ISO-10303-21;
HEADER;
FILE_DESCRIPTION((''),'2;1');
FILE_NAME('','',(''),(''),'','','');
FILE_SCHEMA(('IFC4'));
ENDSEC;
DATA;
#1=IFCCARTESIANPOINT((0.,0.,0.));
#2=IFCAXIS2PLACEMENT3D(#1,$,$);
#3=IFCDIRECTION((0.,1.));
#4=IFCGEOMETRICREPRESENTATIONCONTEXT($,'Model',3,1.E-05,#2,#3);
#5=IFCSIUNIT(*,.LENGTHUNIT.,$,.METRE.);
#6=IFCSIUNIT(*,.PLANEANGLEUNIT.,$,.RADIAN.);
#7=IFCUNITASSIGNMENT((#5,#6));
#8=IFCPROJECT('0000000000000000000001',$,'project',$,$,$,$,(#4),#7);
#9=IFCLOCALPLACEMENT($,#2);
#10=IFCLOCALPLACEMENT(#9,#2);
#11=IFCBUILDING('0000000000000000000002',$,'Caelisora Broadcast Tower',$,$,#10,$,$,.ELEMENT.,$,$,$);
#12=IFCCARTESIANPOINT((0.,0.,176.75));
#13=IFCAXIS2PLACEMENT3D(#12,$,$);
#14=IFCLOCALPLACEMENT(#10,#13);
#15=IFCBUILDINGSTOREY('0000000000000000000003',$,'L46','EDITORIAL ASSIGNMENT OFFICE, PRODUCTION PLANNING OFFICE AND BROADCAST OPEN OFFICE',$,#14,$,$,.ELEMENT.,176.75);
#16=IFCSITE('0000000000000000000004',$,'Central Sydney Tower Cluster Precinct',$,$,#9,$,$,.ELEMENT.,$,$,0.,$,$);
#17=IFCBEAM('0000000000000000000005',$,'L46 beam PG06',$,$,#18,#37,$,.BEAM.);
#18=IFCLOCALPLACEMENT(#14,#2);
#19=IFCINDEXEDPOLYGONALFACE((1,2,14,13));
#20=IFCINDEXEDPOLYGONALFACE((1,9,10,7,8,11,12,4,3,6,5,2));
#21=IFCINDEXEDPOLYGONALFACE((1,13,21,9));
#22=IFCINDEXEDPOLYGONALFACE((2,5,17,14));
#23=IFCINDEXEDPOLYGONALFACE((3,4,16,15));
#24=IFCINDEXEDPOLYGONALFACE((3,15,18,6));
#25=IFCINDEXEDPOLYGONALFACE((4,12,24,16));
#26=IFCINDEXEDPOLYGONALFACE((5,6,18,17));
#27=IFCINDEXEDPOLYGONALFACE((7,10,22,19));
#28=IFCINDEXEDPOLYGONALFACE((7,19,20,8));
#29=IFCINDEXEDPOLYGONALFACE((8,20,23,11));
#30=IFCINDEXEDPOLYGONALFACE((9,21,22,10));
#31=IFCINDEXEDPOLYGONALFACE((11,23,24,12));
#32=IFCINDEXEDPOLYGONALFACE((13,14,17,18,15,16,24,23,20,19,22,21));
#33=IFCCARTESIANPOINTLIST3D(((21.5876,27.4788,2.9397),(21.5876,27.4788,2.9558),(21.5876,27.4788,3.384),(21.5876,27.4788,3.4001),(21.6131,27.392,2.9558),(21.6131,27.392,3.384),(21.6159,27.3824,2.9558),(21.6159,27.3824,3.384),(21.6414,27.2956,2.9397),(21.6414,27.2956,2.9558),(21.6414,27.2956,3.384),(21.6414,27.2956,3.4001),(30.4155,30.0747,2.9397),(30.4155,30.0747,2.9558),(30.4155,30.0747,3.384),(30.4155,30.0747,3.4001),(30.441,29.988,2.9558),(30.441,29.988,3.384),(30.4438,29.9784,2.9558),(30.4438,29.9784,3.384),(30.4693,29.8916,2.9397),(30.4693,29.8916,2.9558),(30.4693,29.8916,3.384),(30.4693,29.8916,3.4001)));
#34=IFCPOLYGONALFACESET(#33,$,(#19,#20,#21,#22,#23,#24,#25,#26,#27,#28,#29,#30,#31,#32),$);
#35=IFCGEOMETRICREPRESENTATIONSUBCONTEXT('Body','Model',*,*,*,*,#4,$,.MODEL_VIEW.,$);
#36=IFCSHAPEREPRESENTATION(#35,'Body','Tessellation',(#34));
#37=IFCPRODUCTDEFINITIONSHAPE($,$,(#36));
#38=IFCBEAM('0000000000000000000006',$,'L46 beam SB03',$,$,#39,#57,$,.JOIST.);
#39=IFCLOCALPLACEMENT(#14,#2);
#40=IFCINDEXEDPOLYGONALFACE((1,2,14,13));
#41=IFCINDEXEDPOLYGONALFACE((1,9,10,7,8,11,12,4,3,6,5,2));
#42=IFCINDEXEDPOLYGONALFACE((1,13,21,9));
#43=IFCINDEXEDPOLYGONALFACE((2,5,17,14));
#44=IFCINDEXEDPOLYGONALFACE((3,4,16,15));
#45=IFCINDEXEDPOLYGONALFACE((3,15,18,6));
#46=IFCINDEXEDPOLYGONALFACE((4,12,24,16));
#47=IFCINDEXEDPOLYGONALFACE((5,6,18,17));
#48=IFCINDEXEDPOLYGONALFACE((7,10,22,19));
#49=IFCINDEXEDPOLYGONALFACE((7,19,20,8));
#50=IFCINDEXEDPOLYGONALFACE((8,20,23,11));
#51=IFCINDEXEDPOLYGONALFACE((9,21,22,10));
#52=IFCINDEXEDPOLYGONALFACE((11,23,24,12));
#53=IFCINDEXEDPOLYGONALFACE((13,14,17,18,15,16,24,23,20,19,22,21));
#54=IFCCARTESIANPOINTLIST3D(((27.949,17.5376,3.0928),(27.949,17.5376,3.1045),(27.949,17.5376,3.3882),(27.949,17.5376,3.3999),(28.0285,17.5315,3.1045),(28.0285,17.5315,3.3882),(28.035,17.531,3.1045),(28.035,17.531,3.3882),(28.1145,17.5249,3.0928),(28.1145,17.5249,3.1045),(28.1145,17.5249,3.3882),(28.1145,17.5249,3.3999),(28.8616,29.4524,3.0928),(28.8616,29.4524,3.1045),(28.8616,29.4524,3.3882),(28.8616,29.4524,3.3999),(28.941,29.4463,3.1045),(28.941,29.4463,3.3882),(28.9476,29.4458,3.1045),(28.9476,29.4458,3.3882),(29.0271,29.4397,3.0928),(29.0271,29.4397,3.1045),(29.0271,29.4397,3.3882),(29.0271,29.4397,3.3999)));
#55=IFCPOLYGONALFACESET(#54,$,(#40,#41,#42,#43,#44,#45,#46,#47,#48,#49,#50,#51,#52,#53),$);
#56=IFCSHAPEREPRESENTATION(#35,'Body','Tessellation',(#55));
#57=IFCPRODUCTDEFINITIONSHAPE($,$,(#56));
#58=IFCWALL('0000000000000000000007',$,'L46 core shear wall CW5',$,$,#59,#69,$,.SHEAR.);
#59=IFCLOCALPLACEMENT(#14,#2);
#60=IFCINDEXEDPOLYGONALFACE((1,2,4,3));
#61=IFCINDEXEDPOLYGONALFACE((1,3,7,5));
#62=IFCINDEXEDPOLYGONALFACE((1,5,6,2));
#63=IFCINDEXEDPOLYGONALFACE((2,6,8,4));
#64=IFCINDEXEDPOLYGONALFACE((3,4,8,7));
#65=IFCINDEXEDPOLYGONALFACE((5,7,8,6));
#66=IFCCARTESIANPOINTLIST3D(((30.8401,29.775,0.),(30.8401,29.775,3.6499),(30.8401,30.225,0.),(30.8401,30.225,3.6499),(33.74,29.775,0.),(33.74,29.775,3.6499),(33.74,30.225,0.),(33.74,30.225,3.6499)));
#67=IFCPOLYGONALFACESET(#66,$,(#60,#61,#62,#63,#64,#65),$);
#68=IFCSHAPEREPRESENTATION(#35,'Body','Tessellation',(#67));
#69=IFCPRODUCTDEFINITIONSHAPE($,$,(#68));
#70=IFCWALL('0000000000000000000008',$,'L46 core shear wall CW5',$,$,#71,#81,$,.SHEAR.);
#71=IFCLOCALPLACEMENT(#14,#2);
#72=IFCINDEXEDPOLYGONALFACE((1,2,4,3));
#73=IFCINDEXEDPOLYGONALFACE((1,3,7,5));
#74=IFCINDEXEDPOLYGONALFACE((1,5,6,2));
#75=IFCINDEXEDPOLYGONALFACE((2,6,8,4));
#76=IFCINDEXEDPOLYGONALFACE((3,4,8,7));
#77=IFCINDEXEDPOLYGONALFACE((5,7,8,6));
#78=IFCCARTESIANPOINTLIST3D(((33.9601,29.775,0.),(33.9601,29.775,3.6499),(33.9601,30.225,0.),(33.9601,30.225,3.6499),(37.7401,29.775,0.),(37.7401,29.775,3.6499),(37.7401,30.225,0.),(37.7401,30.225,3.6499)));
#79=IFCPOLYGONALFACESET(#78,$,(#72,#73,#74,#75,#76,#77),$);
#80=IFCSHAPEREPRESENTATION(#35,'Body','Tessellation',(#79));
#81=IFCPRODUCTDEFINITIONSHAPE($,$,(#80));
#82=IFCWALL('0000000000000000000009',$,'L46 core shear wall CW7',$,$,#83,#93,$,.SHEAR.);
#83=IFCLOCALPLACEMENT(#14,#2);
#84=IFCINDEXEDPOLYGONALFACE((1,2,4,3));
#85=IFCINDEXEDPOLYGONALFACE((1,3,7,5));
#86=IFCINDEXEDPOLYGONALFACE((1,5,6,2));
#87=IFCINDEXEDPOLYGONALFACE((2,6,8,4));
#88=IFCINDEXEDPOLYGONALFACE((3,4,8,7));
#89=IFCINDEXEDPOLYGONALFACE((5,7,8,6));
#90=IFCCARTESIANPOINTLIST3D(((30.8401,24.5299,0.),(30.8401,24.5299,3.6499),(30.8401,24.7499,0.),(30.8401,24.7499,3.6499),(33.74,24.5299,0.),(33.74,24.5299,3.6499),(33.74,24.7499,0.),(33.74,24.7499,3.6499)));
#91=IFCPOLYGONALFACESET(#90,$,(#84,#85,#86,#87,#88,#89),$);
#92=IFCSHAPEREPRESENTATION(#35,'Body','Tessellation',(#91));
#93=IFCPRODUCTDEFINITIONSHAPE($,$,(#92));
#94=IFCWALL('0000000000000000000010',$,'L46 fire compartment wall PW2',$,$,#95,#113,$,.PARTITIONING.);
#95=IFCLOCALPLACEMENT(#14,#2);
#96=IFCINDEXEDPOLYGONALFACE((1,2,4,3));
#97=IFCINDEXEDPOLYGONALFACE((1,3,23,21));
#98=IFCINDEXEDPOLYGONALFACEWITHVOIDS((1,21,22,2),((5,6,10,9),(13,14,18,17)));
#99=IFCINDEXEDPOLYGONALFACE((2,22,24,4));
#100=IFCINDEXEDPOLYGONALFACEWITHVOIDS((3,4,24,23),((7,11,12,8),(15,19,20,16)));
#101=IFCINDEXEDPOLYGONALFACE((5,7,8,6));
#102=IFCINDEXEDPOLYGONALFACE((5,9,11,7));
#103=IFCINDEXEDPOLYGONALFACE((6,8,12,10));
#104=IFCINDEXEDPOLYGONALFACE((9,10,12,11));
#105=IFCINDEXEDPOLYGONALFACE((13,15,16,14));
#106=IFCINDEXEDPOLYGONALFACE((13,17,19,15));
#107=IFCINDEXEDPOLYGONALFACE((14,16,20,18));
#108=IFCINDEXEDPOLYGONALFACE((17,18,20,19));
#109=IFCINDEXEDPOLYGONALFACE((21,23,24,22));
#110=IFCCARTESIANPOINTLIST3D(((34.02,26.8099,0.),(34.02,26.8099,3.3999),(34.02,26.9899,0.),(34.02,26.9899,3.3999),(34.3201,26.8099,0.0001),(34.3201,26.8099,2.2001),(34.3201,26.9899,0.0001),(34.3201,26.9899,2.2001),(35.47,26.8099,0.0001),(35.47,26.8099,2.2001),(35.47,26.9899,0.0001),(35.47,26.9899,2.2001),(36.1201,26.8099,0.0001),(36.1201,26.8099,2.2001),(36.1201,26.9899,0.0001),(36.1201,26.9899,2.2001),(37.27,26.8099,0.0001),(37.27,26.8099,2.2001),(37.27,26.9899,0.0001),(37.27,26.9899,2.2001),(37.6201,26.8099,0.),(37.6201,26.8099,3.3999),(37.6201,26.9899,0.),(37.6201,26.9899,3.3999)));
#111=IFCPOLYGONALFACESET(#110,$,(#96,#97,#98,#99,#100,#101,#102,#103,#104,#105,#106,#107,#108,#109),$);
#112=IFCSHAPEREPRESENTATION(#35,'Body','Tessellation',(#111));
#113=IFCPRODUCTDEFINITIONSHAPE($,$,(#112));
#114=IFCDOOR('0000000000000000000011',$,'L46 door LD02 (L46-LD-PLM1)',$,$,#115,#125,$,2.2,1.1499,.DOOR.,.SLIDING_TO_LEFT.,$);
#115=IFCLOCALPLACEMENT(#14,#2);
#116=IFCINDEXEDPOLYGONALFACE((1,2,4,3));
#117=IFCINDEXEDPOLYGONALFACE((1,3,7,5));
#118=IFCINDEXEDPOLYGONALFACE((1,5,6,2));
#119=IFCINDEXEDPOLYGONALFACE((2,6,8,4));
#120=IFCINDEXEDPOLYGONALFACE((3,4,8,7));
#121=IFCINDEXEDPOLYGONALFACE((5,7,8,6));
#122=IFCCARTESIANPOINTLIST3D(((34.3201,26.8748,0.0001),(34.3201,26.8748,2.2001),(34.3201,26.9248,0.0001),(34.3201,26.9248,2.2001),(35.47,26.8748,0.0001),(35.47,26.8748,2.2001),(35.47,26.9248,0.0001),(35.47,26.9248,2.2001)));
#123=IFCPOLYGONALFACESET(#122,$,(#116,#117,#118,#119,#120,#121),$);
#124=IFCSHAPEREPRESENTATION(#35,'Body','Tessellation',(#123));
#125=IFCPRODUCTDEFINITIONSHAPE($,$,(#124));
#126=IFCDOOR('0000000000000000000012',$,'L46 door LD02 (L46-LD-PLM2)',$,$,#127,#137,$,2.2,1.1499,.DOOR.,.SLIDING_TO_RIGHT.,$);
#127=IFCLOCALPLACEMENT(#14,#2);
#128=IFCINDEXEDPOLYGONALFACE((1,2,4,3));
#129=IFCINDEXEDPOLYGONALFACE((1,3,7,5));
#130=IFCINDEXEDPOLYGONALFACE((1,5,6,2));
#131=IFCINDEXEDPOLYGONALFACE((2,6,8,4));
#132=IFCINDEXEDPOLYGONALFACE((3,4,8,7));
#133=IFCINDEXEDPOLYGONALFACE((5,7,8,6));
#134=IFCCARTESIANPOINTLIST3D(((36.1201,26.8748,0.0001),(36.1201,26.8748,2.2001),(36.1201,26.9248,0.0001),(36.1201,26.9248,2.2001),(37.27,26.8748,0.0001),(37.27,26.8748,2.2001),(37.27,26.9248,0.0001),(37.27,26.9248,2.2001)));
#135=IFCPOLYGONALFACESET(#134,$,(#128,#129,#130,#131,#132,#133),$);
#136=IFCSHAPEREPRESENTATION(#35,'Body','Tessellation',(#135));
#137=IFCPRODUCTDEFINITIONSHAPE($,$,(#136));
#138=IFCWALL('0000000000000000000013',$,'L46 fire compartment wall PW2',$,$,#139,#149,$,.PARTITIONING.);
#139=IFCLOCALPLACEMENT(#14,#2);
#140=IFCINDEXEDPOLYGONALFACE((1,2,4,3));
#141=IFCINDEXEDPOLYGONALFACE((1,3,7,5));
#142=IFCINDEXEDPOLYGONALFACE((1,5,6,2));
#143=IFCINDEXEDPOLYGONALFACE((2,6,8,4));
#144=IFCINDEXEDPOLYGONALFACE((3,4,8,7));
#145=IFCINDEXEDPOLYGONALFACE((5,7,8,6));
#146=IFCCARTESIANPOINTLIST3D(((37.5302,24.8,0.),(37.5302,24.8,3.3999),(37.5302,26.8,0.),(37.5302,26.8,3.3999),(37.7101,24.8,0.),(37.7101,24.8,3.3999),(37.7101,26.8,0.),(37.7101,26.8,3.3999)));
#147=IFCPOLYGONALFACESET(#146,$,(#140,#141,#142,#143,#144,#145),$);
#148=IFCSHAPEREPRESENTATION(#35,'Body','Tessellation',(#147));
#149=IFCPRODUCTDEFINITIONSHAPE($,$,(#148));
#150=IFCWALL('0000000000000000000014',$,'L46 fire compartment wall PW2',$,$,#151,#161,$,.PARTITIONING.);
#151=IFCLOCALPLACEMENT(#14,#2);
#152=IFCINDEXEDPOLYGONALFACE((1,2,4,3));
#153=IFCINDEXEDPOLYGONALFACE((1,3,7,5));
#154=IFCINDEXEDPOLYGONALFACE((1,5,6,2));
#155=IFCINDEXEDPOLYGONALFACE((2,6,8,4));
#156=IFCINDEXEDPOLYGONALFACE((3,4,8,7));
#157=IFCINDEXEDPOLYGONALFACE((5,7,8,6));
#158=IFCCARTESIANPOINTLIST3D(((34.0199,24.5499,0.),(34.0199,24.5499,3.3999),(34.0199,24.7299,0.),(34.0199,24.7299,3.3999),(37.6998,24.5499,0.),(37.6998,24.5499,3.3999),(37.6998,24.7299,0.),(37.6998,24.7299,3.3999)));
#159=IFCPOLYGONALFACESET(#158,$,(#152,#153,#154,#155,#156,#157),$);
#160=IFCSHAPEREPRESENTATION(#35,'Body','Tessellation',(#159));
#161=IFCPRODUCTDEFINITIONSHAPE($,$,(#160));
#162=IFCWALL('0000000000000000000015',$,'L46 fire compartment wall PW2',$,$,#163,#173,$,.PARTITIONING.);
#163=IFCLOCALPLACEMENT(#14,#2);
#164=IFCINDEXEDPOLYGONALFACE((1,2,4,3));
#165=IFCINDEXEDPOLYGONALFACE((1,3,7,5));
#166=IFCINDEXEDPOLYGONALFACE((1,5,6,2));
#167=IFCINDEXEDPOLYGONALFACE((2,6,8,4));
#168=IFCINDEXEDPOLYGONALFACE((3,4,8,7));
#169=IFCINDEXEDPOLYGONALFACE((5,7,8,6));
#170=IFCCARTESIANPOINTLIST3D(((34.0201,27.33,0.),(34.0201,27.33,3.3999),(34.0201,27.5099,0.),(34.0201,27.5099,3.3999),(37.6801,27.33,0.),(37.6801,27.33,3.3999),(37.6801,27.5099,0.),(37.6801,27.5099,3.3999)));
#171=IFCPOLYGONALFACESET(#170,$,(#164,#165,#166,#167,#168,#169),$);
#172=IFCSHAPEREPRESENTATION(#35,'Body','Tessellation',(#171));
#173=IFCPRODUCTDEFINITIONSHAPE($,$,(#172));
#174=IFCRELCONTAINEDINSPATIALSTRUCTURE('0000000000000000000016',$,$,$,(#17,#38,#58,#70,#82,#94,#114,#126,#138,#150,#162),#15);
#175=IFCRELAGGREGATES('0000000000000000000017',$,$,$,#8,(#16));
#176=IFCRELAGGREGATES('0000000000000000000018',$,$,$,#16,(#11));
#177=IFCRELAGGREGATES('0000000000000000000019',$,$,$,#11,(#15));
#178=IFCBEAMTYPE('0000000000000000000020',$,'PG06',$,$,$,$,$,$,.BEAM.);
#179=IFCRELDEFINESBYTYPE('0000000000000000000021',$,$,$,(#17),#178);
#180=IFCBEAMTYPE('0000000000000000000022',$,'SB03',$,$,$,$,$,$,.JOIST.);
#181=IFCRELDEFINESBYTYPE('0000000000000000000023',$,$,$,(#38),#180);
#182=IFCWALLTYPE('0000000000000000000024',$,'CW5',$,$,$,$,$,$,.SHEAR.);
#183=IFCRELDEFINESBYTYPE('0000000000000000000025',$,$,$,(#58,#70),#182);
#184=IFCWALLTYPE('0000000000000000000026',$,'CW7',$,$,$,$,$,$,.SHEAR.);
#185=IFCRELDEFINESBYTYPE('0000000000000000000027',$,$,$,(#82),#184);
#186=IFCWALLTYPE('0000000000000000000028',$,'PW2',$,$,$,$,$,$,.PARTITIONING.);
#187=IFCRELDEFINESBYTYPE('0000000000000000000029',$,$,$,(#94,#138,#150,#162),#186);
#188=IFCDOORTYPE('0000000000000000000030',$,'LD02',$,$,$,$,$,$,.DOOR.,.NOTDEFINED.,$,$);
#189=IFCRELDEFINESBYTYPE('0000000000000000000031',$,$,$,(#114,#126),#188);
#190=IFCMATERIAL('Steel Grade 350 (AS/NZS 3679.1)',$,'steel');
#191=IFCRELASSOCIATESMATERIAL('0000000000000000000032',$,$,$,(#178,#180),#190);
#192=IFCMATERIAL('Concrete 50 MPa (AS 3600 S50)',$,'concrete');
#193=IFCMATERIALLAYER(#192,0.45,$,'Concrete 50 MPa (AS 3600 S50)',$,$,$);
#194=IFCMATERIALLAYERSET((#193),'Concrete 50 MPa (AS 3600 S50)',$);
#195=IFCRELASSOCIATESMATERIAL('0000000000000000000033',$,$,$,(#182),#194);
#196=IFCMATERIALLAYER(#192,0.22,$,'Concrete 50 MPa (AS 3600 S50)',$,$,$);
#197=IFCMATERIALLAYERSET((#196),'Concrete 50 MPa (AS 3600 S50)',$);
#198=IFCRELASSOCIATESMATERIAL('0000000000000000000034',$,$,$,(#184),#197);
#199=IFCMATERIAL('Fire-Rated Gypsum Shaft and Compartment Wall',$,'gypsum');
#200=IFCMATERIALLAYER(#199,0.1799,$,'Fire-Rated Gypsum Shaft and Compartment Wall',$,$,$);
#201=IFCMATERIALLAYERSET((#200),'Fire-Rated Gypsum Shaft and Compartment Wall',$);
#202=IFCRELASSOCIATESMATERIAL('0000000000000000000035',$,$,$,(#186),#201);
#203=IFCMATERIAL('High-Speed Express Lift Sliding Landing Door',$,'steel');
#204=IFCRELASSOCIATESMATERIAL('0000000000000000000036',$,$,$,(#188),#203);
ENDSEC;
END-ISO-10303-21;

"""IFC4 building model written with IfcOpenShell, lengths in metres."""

from ifc_helpers import new_model, si_unit, direction, frame, frame_2d, origin, origin_2d, place, context, subcontext, project, spatial, rectangle, i_section, extrude, source, transform, mapped, material, layer, layer_set, material_profile, profile_set, type_object, type_shapes, element, fill, save


model = new_model("IFC4")

# Units and contexts
model_context = context("Model", 3, precision=1e-05, world=origin(), true_north=direction((0.0, 1.0)))
body_context = subcontext(model_context, "Body", "Model", "MODEL_VIEW")
ifc_project = project(units=[si_unit("LENGTHUNIT", "METRE"), si_unit("PLANEANGLEUNIT", "RADIAN")], contexts=[model_context])

# Site, building, storey
site_placement = place(None, origin())
site = spatial("IfcSite", under=ifc_project, at=site_placement, Name="Central Sydney Tower Cluster Precinct", CompositionType="ELEMENT", RefElevation=0.0)
building_placement = place(site_placement, origin())
building = spatial("IfcBuilding", under=site, at=building_placement, Name="Caelisora Broadcast Tower", CompositionType="ELEMENT")
storey_placement = place(building_placement, frame((0.0, 0.0, 176.75)))
storey = spatial("IfcBuildingStorey", under=building, at=storey_placement, Name="L46", Description="EDITORIAL ASSIGNMENT OFFICE, PRODUCTION PLANNING OFFICE AND BROADCAST OPEN OFFICE", CompositionType="ELEMENT", Elevation=176.75)

# Beams
ifc_material_1 = material(Name="Concrete 50 MPa (AS 3600 S50)", Category="concrete")
ifc_material_2 = material(Name="Steel Grade 350 (AS/NZS 3679.1)", Category="steel")
ifc_material_profile_1 = material_profile(ifc_material_2, i_section(OverallWidth=0.1909, OverallDepth=0.4604, WebThickness=0.01, FlangeThickness=0.0161, at=origin_2d()), Name="Steel Grade 350 (AS/NZS 3679.1)")
ifc_profile_set_1 = profile_set([ifc_material_profile_1], Name="Steel Grade 350 (AS/NZS 3679.1)")
beam_type_1 = type_object("IfcBeamType", Name="PG06", PredefinedType="BEAM", material=ifc_profile_set_1)
shared_shape_1 = source(origin(), body_context, "Body", "SweptSolid", [
    extrude(i_section(OverallWidth=0.1909, OverallDepth=0.4604, WebThickness=0.01, FlangeThickness=0.0161, at=origin_2d()), origin(), (0.0, 0.0, 1.0), 9.2017),
])
beam_1_placement = place(storey_placement, frame((30.4424, 29.9832, 3.1699), z_axis=(-0.95938, -0.282117, 0.0), x_axis=(0.282117, -0.95938, 0.0)))
element("IfcBeam", 1, at=beam_1_placement, inside=storey, type_object=beam_type_1, Name="L46 beam PG06", PredefinedType="BEAM", context=body_context, shape_type="MappedRepresentation", body=[
    mapped(shared_shape_1, transform((0.0, 0.0, 0.0), scale=1.0)),
])
ifc_material_profile_2 = material_profile(ifc_material_2, i_section(OverallWidth=0.166, OverallDepth=0.3071, WebThickness=0.0066, FlangeThickness=0.0117, at=origin_2d()), Name="Steel Grade 350 (AS/NZS 3679.1)")
ifc_profile_set_2 = profile_set([ifc_material_profile_2], Name="Steel Grade 350 (AS/NZS 3679.1)")
beam_type_2 = type_object("IfcBeamType", Name="SB03", PredefinedType="JOIST", material=ifc_profile_set_2)
shared_shape_2 = source(origin(), body_context, "Body", "SweptSolid", [
    extrude(i_section(OverallWidth=0.166, OverallDepth=0.3071, WebThickness=0.0066, FlangeThickness=0.0117, at=origin_2d()), origin(), (0.0, 0.0, 1.0), 11.9497),
])
type_shapes(beam_type_2, [shared_shape_2])
beam_2_placement = place(storey_placement, frame((28.9443, 29.446, 3.2463), z_axis=(-0.07637, -0.99708, 0.0), x_axis=(0.99708, -0.07637, 0.0)))
element("IfcBeam", 2, at=beam_2_placement, inside=storey, type_object=beam_type_2, Name="L46 beam SB03", PredefinedType="JOIST", context=body_context, shape_type="MappedRepresentation", body=[
    mapped(shared_shape_2, transform((0.0, 0.0, 0.0), scale=1.0)),
])

# Walls
ifc_layer_1 = layer(ifc_material_1, 0.45, Name="Concrete 50 MPa (AS 3600 S50)")
ifc_layer_set_1 = layer_set([ifc_layer_1], Name="Concrete 50 MPa (AS 3600 S50)")
wall_type_1 = type_object("IfcWallType", Name="CW5", PredefinedType="SHEAR", material=ifc_layer_set_1)
wall_1_placement = place(storey_placement, frame((30.8401, 30.0, 0.0), z_axis=(0.0, 0.0, 1.0), x_axis=(1.0, 0.0, 0.0)))
element("IfcWall", 3, at=wall_1_placement, inside=storey, type_object=wall_type_1, Name="L46 core shear wall CW5", PredefinedType="SHEAR", context=body_context, shape_type="SweptSolid", body=[
    extrude(rectangle(XDim=2.8999, YDim=0.45, at=frame_2d((1.45, 0.0))), origin(), (0.0, 0.0, 1.0), 3.6499),
])
wall_2_placement = place(storey_placement, frame((33.96, 30.0, 0.0), z_axis=(0.0, 0.0, 1.0), x_axis=(1.0, 0.0, 0.0)))
element("IfcWall", 4, at=wall_2_placement, inside=storey, type_object=wall_type_1, Name="L46 core shear wall CW5", PredefinedType="SHEAR", context=body_context, shape_type="SweptSolid", body=[
    extrude(rectangle(XDim=3.78, YDim=0.45, at=frame_2d((1.8901, 0.0))), origin(), (0.0, 0.0, 1.0), 3.6499),
])
ifc_layer_2 = layer(ifc_material_1, 0.22, Name="Concrete 50 MPa (AS 3600 S50)")
ifc_layer_set_2 = layer_set([ifc_layer_2], Name="Concrete 50 MPa (AS 3600 S50)")
wall_type_2 = type_object("IfcWallType", Name="CW7", PredefinedType="SHEAR", material=ifc_layer_set_2)
wall_3_placement = place(storey_placement, frame((30.8401, 24.6399, 0.0), z_axis=(0.0, 0.0, 1.0), x_axis=(1.0, 0.0, 0.0)))
element("IfcWall", 5, at=wall_3_placement, inside=storey, type_object=wall_type_2, Name="L46 core shear wall CW7", PredefinedType="SHEAR", context=body_context, shape_type="SweptSolid", body=[
    extrude(rectangle(XDim=2.8999, YDim=0.22, at=frame_2d((1.45, 0.0))), origin(), (0.0, 0.0, 1.0), 3.6499),
])

# Wall, openings, doors
ifc_material_3 = material(Name="Fire-Rated Gypsum Shaft and Compartment Wall", Category="gypsum")
ifc_layer_3 = layer(ifc_material_3, 0.1799, Name="Fire-Rated Gypsum Shaft and Compartment Wall")
ifc_layer_set_3 = layer_set([ifc_layer_3], Name="Fire-Rated Gypsum Shaft and Compartment Wall")
wall_type_3 = type_object("IfcWallType", Name="PW2", PredefinedType="PARTITIONING", material=ifc_layer_set_3)
wall_4_placement = place(storey_placement, frame((34.02, 26.8999, 0.0), z_axis=(0.0, 0.0, 1.0), x_axis=(1.0, 0.0, 0.0)))
wall_4 = element("IfcWall", 6, at=wall_4_placement, inside=storey, type_object=wall_type_3, Name="L46 fire compartment wall PW2", PredefinedType="PARTITIONING", context=body_context, shape_type="SweptSolid", body=[
    extrude(rectangle(XDim=3.6001, YDim=0.1799, at=frame_2d((1.8, 0.0))), origin(), (0.0, 0.0, 1.0), 3.3999),
])
opening_1_placement = place(wall_4_placement, frame((0.3, 0.0, 0.0)))
opening_1 = element("IfcOpeningElement", 7, at=opening_1_placement, cuts=wall_4, PredefinedType="OPENING", context=body_context, shape_type="SweptSolid", body=[
    extrude(rectangle(XDim=1.1499, YDim=2.2, at=frame_2d((0.575, 1.1001))), frame((0.0, 0.1021, 0.0), z_axis=(0.0, -1.0, 0.0), x_axis=(1.0, 0.0, 0.0)), (0.0, 0.0, 1.0), 0.2039),
])
opening_2_placement = place(wall_4_placement, frame((2.1001, 0.0, 0.0)))
opening_2 = element("IfcOpeningElement", 8, at=opening_2_placement, cuts=wall_4, PredefinedType="OPENING", context=body_context, shape_type="SweptSolid", body=[
    extrude(rectangle(XDim=1.1499, YDim=2.2, at=frame_2d((0.575, 1.1001))), frame((0.0, 0.1021, 0.0), z_axis=(0.0, -1.0, 0.0), x_axis=(1.0, 0.0, 0.0)), (0.0, 0.0, 1.0), 0.2039),
])
ifc_material_4 = material(Name="High-Speed Express Lift Sliding Landing Door", Category="steel")
door_type = type_object("IfcDoorType", Name="LD02", OperationType="NOTDEFINED", PredefinedType="DOOR", material=ifc_material_4)
door_1_placement = place(opening_1_placement, origin())
door_1 = element("IfcDoor", 9, at=door_1_placement, inside=storey, type_object=door_type, Name="L46 door LD02 (L46-LD-PLM1)", OperationType="SLIDING_TO_LEFT", OverallHeight=2.2, OverallWidth=1.1499, PredefinedType="DOOR", context=body_context, shape_type="SweptSolid", body=[
    extrude(rectangle(XDim=1.1499, YDim=2.2, at=frame_2d((0.575, 1.1001))), frame((0.0, 0.0249, 0.0), z_axis=(0.0, -1.0, 0.0), x_axis=(1.0, 0.0, 0.0)), (0.0, 0.0, 1.0), 0.05),
])
fill(opening_1, door_1)
door_2_placement = place(opening_2_placement, origin())
door_2 = element("IfcDoor", 10, at=door_2_placement, inside=storey, type_object=door_type, Name="L46 door LD02 (L46-LD-PLM2)", OperationType="SLIDING_TO_RIGHT", OverallHeight=2.2, OverallWidth=1.1499, PredefinedType="DOOR", context=body_context, shape_type="SweptSolid", body=[
    extrude(rectangle(XDim=1.1499, YDim=2.2, at=frame_2d((0.575, 1.1001))), frame((0.0, 0.0249, 0.0), z_axis=(0.0, -1.0, 0.0), x_axis=(1.0, 0.0, 0.0)), (0.0, 0.0, 1.0), 0.05),
])
fill(opening_2, door_2)

# Walls
wall_5_placement = place(storey_placement, frame((37.6201, 24.8, 0.0), z_axis=(0.0, 0.0, 1.0), x_axis=(0.0, 1.0, 0.0)))
element("IfcWall", 11, at=wall_5_placement, inside=storey, type_object=wall_type_3, Name="L46 fire compartment wall PW2", PredefinedType="PARTITIONING", context=body_context, shape_type="SweptSolid", body=[
    extrude(rectangle(XDim=2.0, YDim=0.1799, at=frame_2d((1.0, 0.0))), origin(), (0.0, 0.0, 1.0), 3.3999),
])
wall_6_placement = place(storey_placement, frame((34.02, 24.6399, 0.0), z_axis=(0.0, 0.0, 1.0), x_axis=(1.0, 0.0, 0.0)))
element("IfcWall", 12, at=wall_6_placement, inside=storey, type_object=wall_type_3, Name="L46 fire compartment wall PW2", PredefinedType="PARTITIONING", context=body_context, shape_type="SweptSolid", body=[
    extrude(rectangle(XDim=3.6799, YDim=0.1799, at=frame_2d((1.8398, 0.0))), origin(), (0.0, 0.0, 1.0), 3.3999),
])
wall_7_placement = place(storey_placement, frame((34.02, 27.4199, 0.0), z_axis=(0.0, 0.0, 1.0), x_axis=(1.0, 0.0, 0.0)))
element("IfcWall", 13, at=wall_7_placement, inside=storey, type_object=wall_type_3, Name="L46 fire compartment wall PW2", PredefinedType="PARTITIONING", context=body_context, shape_type="SweptSolid", body=[
    extrude(rectangle(XDim=3.6599, YDim=0.1799, at=frame_2d((1.8301, 0.0))), origin(), (0.0, 0.0, 1.0), 3.3999),
])

save(model, "model.ifc")
